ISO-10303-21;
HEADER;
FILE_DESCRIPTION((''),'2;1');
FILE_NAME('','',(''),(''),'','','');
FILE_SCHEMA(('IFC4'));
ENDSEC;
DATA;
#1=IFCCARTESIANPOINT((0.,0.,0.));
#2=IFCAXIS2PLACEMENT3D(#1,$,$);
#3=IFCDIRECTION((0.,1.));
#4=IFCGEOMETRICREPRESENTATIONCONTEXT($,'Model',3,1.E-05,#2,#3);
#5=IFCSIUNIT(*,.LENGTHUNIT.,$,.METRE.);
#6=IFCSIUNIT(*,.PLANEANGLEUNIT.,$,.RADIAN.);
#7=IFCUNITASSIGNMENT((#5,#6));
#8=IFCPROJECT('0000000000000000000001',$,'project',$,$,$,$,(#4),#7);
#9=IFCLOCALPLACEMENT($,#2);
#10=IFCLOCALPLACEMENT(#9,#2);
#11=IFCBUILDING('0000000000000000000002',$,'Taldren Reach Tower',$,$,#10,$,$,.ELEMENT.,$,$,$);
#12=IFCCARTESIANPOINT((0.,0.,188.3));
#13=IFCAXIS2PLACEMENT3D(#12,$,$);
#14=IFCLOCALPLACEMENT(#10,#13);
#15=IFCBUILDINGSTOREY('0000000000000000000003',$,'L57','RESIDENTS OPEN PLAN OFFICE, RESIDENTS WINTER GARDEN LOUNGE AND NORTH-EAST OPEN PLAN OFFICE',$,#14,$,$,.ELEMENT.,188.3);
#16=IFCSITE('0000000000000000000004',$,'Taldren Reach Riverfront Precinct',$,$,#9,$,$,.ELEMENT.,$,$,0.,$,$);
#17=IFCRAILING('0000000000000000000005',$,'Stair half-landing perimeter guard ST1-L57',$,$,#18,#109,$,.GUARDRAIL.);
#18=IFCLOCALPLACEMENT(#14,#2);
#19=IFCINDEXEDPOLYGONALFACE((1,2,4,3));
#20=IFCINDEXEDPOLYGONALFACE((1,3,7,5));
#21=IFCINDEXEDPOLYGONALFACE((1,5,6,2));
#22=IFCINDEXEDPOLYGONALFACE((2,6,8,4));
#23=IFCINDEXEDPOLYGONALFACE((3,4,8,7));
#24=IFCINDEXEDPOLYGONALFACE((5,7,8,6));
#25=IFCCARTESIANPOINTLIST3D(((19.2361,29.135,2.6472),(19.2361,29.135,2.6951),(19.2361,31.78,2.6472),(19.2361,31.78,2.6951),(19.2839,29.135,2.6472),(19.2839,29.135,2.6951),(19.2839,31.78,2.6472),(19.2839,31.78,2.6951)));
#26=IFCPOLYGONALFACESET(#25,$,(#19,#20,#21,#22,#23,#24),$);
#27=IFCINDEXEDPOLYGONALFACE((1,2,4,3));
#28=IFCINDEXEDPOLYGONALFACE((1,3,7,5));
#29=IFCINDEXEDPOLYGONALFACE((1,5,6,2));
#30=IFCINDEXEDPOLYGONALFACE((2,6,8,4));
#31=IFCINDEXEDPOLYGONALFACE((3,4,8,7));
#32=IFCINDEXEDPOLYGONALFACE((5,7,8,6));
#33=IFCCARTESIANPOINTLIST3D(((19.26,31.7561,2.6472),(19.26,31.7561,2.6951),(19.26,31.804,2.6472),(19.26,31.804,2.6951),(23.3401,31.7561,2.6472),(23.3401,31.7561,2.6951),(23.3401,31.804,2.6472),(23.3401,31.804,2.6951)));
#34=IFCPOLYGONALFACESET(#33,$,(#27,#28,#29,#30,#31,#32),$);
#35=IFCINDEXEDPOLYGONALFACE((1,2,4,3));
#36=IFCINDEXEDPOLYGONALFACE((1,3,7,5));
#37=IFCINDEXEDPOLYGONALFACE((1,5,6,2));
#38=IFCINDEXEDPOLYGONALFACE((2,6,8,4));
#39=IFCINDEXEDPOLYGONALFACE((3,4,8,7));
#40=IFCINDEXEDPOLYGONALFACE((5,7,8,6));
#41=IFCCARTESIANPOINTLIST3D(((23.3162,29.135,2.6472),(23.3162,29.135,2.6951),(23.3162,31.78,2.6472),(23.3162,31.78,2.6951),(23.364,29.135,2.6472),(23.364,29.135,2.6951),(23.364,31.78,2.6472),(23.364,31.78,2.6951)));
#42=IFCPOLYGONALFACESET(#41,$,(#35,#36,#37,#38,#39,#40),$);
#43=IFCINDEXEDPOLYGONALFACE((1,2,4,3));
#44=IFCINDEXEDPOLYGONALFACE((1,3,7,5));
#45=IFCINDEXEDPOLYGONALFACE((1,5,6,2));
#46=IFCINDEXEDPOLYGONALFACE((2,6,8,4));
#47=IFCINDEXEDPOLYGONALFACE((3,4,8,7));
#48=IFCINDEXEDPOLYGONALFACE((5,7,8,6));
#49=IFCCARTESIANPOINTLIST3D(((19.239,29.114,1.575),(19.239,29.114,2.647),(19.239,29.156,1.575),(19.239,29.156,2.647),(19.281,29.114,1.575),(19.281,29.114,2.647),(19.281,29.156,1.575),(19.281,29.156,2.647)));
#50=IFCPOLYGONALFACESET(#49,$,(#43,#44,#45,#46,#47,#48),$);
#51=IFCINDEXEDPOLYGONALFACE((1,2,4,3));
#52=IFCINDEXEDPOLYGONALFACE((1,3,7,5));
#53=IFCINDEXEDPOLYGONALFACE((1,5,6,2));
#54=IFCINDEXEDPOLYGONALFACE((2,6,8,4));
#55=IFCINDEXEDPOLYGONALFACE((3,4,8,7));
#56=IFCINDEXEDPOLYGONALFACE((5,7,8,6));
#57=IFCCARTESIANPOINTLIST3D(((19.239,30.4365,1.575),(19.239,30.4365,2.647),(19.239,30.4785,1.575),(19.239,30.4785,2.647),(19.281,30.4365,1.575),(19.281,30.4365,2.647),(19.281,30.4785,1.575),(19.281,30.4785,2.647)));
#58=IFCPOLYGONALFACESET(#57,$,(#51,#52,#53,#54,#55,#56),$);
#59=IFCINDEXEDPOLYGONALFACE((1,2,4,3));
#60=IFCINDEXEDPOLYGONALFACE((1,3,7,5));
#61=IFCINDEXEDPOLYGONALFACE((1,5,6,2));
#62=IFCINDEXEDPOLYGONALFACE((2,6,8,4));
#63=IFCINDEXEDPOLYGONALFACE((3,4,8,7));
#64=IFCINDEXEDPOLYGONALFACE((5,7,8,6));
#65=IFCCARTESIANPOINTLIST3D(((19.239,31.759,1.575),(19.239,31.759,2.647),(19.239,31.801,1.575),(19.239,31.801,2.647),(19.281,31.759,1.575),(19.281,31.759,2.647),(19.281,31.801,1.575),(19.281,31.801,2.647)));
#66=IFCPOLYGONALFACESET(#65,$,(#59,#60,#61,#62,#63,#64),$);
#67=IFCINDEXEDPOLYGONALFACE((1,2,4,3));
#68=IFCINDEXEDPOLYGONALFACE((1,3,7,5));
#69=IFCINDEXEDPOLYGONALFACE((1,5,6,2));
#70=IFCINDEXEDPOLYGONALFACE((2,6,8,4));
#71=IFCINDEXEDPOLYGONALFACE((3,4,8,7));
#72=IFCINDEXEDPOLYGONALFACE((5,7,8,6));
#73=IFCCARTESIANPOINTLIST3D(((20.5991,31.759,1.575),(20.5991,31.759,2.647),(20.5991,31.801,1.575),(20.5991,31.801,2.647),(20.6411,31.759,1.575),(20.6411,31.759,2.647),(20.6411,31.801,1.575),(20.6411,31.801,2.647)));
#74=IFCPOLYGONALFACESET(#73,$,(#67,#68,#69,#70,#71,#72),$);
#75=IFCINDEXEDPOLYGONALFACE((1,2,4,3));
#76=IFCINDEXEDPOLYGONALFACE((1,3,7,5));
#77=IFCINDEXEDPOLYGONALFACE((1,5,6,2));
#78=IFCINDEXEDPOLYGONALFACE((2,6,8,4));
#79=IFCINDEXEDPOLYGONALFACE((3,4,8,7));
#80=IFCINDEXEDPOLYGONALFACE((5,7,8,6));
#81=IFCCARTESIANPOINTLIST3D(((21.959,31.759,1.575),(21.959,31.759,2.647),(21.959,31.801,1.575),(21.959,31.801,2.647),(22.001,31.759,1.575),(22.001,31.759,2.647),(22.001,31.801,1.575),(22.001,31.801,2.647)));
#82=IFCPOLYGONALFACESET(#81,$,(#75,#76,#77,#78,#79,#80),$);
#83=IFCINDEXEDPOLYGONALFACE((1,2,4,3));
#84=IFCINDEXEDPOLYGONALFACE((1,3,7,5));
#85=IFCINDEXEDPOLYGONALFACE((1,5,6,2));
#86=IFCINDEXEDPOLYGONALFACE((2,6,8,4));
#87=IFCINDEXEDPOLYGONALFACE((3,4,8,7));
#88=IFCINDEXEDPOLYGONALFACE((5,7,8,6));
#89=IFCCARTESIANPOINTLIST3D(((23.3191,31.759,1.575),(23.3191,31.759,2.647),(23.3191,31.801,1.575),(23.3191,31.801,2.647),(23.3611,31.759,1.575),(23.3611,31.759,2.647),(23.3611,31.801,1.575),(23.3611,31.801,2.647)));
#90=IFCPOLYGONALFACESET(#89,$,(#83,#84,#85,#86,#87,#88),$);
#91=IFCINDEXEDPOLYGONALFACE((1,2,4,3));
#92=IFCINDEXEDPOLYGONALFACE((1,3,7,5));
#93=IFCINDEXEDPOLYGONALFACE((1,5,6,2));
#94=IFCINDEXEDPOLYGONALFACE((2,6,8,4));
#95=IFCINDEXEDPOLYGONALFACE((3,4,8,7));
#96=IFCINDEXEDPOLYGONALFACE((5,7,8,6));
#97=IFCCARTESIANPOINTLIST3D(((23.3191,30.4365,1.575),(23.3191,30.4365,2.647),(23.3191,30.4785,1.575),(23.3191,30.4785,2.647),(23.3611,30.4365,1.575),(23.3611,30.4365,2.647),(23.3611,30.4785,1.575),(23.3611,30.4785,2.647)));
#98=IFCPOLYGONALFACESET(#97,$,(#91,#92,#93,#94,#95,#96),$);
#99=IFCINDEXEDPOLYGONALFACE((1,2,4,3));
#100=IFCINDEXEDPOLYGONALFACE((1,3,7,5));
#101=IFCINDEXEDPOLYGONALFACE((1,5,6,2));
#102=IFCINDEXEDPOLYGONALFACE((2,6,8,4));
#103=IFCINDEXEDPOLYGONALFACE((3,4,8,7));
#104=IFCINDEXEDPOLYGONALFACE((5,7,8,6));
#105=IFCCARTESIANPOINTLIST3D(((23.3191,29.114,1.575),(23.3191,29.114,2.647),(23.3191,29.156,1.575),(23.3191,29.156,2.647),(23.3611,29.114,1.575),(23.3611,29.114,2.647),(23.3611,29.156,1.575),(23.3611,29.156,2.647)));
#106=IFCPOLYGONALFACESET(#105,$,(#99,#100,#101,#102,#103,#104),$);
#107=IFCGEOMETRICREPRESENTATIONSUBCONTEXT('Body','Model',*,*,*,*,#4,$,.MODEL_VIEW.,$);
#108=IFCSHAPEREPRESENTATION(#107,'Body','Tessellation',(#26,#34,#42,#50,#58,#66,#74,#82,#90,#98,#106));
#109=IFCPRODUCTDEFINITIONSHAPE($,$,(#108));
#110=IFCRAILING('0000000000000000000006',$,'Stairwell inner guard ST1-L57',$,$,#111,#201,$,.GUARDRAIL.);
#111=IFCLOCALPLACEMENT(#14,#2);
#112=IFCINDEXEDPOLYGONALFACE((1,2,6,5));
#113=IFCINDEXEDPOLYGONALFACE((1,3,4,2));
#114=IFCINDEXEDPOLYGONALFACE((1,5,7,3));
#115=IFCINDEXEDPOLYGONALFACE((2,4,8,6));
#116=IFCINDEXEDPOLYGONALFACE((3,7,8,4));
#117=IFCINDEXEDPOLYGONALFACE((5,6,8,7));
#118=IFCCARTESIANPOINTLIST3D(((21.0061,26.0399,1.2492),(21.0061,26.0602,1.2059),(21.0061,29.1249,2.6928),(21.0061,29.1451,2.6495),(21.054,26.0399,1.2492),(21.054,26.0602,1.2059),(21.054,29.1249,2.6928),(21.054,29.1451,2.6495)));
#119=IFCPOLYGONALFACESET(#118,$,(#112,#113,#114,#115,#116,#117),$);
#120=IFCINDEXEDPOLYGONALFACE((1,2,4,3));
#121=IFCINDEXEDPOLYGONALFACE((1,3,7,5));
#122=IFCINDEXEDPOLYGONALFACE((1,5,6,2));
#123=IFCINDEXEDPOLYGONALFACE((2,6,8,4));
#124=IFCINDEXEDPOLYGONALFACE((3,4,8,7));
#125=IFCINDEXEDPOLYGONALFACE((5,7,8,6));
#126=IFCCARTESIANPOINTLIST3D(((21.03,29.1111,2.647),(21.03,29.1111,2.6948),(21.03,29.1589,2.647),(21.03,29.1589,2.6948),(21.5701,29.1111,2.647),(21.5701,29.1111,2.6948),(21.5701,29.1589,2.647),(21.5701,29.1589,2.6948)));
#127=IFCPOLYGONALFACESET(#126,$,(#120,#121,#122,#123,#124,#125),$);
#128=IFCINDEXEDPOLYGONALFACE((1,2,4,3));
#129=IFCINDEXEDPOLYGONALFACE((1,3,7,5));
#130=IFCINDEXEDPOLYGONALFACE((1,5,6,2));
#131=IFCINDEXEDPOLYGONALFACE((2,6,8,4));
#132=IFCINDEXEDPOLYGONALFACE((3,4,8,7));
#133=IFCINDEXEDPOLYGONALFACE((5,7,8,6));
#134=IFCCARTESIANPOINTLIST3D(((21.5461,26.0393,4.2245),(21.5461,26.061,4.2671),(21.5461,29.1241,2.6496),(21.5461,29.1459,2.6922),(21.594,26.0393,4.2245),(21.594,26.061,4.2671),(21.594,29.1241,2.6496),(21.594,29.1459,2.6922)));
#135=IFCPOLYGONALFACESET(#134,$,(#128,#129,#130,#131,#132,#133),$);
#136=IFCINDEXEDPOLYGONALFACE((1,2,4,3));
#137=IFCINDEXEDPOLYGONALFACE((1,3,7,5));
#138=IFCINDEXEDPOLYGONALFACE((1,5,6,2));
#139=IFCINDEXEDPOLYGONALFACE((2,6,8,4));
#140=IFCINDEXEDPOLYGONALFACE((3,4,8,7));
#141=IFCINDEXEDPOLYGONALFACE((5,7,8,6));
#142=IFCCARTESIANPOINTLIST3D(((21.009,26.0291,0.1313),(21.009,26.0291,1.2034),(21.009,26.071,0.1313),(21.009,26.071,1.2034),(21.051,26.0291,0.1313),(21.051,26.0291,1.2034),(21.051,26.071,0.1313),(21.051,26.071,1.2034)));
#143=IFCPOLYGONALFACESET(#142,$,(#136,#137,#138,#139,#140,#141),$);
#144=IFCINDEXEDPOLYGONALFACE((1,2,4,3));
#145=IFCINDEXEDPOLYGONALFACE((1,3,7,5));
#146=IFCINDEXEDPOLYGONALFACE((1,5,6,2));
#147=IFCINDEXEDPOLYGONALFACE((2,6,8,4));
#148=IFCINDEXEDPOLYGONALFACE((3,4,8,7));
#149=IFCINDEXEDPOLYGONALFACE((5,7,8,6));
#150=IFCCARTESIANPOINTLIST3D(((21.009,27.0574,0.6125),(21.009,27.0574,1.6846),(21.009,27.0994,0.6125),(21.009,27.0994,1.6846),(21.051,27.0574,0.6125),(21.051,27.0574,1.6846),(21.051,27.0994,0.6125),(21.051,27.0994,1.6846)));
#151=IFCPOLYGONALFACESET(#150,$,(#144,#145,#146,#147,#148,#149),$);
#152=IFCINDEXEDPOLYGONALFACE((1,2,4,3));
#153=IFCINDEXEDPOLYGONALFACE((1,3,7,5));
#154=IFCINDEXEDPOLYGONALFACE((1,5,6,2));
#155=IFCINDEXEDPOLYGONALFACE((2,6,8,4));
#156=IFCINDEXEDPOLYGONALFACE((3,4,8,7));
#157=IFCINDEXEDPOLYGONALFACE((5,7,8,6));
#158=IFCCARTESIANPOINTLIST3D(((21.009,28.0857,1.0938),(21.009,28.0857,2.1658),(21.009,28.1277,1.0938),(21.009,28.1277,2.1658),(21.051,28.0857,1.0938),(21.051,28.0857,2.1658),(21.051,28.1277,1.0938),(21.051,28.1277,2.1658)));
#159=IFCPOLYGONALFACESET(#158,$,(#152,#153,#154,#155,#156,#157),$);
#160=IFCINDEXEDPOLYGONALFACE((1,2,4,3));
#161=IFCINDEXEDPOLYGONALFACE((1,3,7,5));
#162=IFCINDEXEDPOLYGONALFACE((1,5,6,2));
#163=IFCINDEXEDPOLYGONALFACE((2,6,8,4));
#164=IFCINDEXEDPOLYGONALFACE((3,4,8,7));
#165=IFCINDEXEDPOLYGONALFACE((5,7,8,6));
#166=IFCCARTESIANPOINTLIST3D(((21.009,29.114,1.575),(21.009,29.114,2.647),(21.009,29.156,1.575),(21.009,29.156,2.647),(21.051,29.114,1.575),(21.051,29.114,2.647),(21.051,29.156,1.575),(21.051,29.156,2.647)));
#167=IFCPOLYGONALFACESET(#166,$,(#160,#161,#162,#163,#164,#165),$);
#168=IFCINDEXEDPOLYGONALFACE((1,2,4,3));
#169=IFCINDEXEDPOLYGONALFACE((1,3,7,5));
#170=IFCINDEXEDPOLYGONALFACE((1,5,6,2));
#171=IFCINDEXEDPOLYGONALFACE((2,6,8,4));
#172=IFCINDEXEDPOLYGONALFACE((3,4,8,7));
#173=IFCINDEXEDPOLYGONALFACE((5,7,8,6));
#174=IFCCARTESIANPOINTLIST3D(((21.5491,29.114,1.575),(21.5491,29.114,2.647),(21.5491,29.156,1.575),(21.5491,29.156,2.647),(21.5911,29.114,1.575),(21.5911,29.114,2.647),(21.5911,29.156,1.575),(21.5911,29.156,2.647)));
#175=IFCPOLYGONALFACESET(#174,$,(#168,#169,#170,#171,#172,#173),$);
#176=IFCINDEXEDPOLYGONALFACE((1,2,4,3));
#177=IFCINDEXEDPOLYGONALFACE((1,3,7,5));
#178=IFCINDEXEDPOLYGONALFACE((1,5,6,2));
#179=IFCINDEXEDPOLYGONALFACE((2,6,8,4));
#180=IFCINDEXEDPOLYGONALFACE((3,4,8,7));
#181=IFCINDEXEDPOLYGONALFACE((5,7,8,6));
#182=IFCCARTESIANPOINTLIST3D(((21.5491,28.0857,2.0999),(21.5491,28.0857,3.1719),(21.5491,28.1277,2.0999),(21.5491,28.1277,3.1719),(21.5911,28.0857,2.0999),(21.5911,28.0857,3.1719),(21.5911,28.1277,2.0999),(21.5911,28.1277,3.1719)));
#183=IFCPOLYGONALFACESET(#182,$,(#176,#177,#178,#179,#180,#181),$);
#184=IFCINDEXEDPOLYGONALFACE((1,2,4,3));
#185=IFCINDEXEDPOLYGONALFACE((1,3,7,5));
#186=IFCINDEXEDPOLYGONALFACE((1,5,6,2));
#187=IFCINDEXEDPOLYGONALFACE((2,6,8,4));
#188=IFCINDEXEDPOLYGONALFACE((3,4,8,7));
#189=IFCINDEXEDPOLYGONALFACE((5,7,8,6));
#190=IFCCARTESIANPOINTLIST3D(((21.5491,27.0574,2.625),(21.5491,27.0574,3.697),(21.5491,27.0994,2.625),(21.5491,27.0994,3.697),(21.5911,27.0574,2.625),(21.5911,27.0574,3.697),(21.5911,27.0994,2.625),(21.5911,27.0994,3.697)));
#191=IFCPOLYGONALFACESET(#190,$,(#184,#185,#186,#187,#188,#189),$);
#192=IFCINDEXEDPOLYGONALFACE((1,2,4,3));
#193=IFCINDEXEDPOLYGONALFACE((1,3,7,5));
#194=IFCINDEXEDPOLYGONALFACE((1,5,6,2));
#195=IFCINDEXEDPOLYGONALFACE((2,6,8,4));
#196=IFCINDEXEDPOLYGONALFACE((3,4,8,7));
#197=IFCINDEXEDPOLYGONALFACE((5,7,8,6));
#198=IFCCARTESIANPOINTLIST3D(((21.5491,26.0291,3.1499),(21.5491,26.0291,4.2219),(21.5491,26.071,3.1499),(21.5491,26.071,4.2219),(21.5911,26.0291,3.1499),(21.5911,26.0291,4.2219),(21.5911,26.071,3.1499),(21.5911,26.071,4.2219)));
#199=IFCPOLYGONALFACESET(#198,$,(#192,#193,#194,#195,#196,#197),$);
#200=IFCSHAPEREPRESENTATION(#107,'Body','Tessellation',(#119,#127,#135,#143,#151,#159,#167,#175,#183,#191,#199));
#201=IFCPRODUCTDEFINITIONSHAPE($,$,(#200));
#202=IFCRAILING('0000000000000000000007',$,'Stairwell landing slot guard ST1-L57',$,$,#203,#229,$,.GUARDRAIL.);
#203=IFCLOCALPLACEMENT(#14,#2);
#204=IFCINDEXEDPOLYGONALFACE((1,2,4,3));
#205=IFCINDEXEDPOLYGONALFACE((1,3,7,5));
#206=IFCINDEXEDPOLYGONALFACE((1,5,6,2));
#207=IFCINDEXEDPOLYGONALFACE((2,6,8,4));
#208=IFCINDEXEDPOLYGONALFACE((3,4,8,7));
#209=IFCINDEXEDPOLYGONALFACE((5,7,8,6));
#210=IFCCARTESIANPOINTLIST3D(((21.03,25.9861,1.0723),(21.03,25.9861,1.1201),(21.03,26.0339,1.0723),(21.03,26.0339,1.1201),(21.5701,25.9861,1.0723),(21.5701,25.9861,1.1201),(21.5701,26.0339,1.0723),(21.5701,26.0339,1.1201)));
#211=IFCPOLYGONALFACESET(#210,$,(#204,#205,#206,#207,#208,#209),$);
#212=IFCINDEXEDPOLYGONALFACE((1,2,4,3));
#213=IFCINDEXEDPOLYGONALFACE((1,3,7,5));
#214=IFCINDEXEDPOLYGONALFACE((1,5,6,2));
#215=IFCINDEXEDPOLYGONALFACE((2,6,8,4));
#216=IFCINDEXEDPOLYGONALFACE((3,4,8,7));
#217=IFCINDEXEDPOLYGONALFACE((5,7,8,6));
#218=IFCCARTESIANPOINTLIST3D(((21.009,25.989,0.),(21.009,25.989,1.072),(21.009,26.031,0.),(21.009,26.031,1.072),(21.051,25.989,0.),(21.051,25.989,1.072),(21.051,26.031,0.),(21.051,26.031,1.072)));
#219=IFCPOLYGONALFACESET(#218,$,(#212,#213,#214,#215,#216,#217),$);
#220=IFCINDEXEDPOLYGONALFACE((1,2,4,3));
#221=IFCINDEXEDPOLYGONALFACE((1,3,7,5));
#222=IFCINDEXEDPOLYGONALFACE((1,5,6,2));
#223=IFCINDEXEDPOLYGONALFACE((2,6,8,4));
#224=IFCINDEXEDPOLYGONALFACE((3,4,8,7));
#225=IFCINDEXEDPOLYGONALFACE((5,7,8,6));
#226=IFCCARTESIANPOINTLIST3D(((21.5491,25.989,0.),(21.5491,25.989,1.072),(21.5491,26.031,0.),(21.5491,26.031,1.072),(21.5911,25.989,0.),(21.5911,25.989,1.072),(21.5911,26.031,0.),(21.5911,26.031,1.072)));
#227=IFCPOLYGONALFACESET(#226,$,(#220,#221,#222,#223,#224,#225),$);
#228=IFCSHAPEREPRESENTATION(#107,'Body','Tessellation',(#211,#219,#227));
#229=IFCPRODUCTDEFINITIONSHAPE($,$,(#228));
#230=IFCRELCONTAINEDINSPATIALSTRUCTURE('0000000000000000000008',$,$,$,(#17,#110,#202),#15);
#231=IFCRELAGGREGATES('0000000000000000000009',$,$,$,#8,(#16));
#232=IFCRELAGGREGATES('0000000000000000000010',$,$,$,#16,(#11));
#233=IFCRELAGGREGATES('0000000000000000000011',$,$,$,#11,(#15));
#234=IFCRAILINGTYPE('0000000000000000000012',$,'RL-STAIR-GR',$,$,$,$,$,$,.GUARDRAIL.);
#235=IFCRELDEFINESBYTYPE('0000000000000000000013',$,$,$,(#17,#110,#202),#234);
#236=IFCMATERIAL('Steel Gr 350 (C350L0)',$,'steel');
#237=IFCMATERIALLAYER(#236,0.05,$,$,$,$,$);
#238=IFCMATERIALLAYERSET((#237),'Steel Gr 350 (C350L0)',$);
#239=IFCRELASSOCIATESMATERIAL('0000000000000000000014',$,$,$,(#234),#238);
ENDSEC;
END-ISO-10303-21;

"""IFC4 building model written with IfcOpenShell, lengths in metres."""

from ifc_helpers import new_model, si_unit, direction, frame, origin, origin_2d, place, context, subcontext, project, spatial, rectangle, extrude, material, layer, layer_set, type_object, element, save


model = new_model("IFC4")

# Units and contexts
model_context = context("Model", 3, precision=1e-05, world=origin(), true_north=direction((0.0, 1.0)))
body_context = subcontext(model_context, "Body", "Model", "MODEL_VIEW")
ifc_project = project(units=[si_unit("LENGTHUNIT", "METRE"), si_unit("PLANEANGLEUNIT", "RADIAN")], contexts=[model_context])

# Site, building, storey
site_placement = place(None, origin())
site = spatial("IfcSite", under=ifc_project, at=site_placement, Name="Taldren Reach Riverfront Precinct", CompositionType="ELEMENT", RefElevation=0.0)
building_placement = place(site_placement, origin())
building = spatial("IfcBuilding", under=site, at=building_placement, Name="Taldren Reach Tower", CompositionType="ELEMENT")
storey_placement = place(building_placement, frame((0.0, 0.0, 188.3)))
storey = spatial("IfcBuildingStorey", under=building, at=storey_placement, Name="L57", Description="RESIDENTS OPEN PLAN OFFICE, RESIDENTS WINTER GARDEN LOUNGE AND NORTH-EAST OPEN PLAN OFFICE", CompositionType="ELEMENT", Elevation=188.3)

# Shared definitions
ifc_material_1 = material(Name="Steel Gr 350 (C350L0)", Category="steel")

# Railings
ifc_layer_1 = layer(ifc_material_1, 0.05)
ifc_layer_set_1 = layer_set([ifc_layer_1], Name="Steel Gr 350 (C350L0)")
railing_type_1 = type_object("IfcRailingType", Name="RL-STAIR-GR", PredefinedType="GUARDRAIL", material=ifc_layer_set_1)
railing_1_placement = place(storey_placement, frame((19.26, 29.135, 1.575)))
element("IfcRailing", 1, at=railing_1_placement, inside=storey, type_object=railing_type_1, Name="Stair half-landing perimeter guard ST1-L57", PredefinedType="GUARDRAIL", context=body_context, shape_type="SweptSolid", body=[
    extrude(rectangle(XDim=0.0479, YDim=0.0479, at=origin_2d()), frame((0.0, 0.0, 1.0962), z_axis=(0.0, 1.0, 0.0), x_axis=(-1.0, 0.0, 0.0)), (0.0, 0.0, 1.0), 2.645),
    extrude(rectangle(XDim=0.0479, YDim=0.0479, at=origin_2d()), frame((0.0, 2.645, 1.0962), z_axis=(1.0, 0.0, 0.0), x_axis=(0.0, 1.0, 0.0)), (0.0, 0.0, 1.0), 4.0801),
    extrude(rectangle(XDim=0.0479, YDim=0.0479, at=origin_2d()), frame((4.0801, 2.645, 1.0962), z_axis=(0.0, -1.0, 0.0), x_axis=(1.0, 0.0, 0.0)), (0.0, 0.0, 1.0), 2.645),
    extrude(rectangle(XDim=0.042, YDim=0.042, at=origin_2d()), origin(), (0.0, 0.0, 1.0), 1.072),
    extrude(rectangle(XDim=0.042, YDim=0.042, at=origin_2d()), frame((0.0, 1.3225, 0.0)), (0.0, 0.0, 1.0), 1.072),
    extrude(rectangle(XDim=0.042, YDim=0.042, at=origin_2d()), frame((0.0, 2.645, 0.0)), (0.0, 0.0, 1.0), 1.072),
    extrude(rectangle(XDim=0.042, YDim=0.042, at=origin_2d()), frame((1.3601, 2.645, 0.0)), (0.0, 0.0, 1.0), 1.072),
    extrude(rectangle(XDim=0.042, YDim=0.042, at=origin_2d()), frame((2.72, 2.645, 0.0)), (0.0, 0.0, 1.0), 1.072),
    extrude(rectangle(XDim=0.042, YDim=0.042, at=origin_2d()), frame((4.0801, 2.645, 0.0)), (0.0, 0.0, 1.0), 1.072),
    extrude(rectangle(XDim=0.042, YDim=0.042, at=origin_2d()), frame((4.0801, 1.3225, 0.0)), (0.0, 0.0, 1.0), 1.072),
    extrude(rectangle(XDim=0.042, YDim=0.042, at=origin_2d()), frame((4.0801, 0.0, 0.0)), (0.0, 0.0, 1.0), 1.072),
])
railing_2_placement = place(storey_placement, frame((21.03, 26.05, 0.1313)))
element("IfcRailing", 2, at=railing_2_placement, inside=storey, type_object=railing_type_1, Name="Stairwell inner guard ST1-L57", PredefinedType="GUARDRAIL", context=body_context, shape_type="SweptSolid", body=[
    extrude(rectangle(XDim=0.0479, YDim=0.0479, at=origin_2d()), frame((0.0, 0.0, 1.0962), z_axis=(0.0, 0.905738, 0.423839), x_axis=(-1.0, 0.0, 0.0)), (0.0, 0.0, 1.0), 3.406),
    extrude(rectangle(XDim=0.0479, YDim=0.0479, at=origin_2d()), frame((0.0, 3.085, 2.5396), z_axis=(1.0, 0.0, 0.0), x_axis=(0.0, 1.0, 0.0)), (0.0, 0.0, 1.0), 0.54),
    extrude(rectangle(XDim=0.0479, YDim=0.0479, at=origin_2d()), frame((0.54, 3.085, 2.5396), z_axis=(0.0, -0.890646, 0.454697), x_axis=(1.0, 0.0, 0.0)), (0.0, 0.0, 1.0), 3.4636),
    extrude(rectangle(XDim=0.042, YDim=0.042, at=origin_2d()), origin(), (0.0, 0.0, 1.0), 1.072),
    extrude(rectangle(XDim=0.042, YDim=0.042, at=origin_2d()), frame((0.0, 1.0283, 0.4812)), (0.0, 0.0, 1.0), 1.072),
    extrude(rectangle(XDim=0.042, YDim=0.042, at=origin_2d()), frame((0.0, 2.0566, 0.9624)), (0.0, 0.0, 1.0), 1.072),
    extrude(rectangle(XDim=0.042, YDim=0.042, at=origin_2d()), frame((0.0, 3.085, 1.4436)), (0.0, 0.0, 1.0), 1.072),
    extrude(rectangle(XDim=0.042, YDim=0.042, at=origin_2d()), frame((0.54, 3.085, 1.4436)), (0.0, 0.0, 1.0), 1.072),
    extrude(rectangle(XDim=0.042, YDim=0.042, at=origin_2d()), frame((0.54, 2.0566, 1.9685)), (0.0, 0.0, 1.0), 1.072),
    extrude(rectangle(XDim=0.042, YDim=0.042, at=origin_2d()), frame((0.54, 1.0283, 2.4937)), (0.0, 0.0, 1.0), 1.072),
    extrude(rectangle(XDim=0.042, YDim=0.042, at=origin_2d()), frame((0.54, 0.0, 3.0186)), (0.0, 0.0, 1.0), 1.072),
])
railing_3_placement = place(storey_placement, frame((21.03, 26.01, 0.0)))
element("IfcRailing", 3, at=railing_3_placement, inside=storey, type_object=railing_type_1, Name="Stairwell landing slot guard ST1-L57", PredefinedType="GUARDRAIL", context=body_context, shape_type="SweptSolid", body=[
    extrude(rectangle(XDim=0.0479, YDim=0.0479, at=origin_2d()), frame((0.0, 0.0, 1.0962), z_axis=(1.0, 0.0, 0.0), x_axis=(0.0, 1.0, 0.0)), (0.0, 0.0, 1.0), 0.54),
    extrude(rectangle(XDim=0.042, YDim=0.042, at=origin_2d()), origin(), (0.0, 0.0, 1.0), 1.072),
    extrude(rectangle(XDim=0.042, YDim=0.042, at=origin_2d()), frame((0.54, 0.0, 0.0)), (0.0, 0.0, 1.0), 1.072),
])

save(model, "model.ifc")
